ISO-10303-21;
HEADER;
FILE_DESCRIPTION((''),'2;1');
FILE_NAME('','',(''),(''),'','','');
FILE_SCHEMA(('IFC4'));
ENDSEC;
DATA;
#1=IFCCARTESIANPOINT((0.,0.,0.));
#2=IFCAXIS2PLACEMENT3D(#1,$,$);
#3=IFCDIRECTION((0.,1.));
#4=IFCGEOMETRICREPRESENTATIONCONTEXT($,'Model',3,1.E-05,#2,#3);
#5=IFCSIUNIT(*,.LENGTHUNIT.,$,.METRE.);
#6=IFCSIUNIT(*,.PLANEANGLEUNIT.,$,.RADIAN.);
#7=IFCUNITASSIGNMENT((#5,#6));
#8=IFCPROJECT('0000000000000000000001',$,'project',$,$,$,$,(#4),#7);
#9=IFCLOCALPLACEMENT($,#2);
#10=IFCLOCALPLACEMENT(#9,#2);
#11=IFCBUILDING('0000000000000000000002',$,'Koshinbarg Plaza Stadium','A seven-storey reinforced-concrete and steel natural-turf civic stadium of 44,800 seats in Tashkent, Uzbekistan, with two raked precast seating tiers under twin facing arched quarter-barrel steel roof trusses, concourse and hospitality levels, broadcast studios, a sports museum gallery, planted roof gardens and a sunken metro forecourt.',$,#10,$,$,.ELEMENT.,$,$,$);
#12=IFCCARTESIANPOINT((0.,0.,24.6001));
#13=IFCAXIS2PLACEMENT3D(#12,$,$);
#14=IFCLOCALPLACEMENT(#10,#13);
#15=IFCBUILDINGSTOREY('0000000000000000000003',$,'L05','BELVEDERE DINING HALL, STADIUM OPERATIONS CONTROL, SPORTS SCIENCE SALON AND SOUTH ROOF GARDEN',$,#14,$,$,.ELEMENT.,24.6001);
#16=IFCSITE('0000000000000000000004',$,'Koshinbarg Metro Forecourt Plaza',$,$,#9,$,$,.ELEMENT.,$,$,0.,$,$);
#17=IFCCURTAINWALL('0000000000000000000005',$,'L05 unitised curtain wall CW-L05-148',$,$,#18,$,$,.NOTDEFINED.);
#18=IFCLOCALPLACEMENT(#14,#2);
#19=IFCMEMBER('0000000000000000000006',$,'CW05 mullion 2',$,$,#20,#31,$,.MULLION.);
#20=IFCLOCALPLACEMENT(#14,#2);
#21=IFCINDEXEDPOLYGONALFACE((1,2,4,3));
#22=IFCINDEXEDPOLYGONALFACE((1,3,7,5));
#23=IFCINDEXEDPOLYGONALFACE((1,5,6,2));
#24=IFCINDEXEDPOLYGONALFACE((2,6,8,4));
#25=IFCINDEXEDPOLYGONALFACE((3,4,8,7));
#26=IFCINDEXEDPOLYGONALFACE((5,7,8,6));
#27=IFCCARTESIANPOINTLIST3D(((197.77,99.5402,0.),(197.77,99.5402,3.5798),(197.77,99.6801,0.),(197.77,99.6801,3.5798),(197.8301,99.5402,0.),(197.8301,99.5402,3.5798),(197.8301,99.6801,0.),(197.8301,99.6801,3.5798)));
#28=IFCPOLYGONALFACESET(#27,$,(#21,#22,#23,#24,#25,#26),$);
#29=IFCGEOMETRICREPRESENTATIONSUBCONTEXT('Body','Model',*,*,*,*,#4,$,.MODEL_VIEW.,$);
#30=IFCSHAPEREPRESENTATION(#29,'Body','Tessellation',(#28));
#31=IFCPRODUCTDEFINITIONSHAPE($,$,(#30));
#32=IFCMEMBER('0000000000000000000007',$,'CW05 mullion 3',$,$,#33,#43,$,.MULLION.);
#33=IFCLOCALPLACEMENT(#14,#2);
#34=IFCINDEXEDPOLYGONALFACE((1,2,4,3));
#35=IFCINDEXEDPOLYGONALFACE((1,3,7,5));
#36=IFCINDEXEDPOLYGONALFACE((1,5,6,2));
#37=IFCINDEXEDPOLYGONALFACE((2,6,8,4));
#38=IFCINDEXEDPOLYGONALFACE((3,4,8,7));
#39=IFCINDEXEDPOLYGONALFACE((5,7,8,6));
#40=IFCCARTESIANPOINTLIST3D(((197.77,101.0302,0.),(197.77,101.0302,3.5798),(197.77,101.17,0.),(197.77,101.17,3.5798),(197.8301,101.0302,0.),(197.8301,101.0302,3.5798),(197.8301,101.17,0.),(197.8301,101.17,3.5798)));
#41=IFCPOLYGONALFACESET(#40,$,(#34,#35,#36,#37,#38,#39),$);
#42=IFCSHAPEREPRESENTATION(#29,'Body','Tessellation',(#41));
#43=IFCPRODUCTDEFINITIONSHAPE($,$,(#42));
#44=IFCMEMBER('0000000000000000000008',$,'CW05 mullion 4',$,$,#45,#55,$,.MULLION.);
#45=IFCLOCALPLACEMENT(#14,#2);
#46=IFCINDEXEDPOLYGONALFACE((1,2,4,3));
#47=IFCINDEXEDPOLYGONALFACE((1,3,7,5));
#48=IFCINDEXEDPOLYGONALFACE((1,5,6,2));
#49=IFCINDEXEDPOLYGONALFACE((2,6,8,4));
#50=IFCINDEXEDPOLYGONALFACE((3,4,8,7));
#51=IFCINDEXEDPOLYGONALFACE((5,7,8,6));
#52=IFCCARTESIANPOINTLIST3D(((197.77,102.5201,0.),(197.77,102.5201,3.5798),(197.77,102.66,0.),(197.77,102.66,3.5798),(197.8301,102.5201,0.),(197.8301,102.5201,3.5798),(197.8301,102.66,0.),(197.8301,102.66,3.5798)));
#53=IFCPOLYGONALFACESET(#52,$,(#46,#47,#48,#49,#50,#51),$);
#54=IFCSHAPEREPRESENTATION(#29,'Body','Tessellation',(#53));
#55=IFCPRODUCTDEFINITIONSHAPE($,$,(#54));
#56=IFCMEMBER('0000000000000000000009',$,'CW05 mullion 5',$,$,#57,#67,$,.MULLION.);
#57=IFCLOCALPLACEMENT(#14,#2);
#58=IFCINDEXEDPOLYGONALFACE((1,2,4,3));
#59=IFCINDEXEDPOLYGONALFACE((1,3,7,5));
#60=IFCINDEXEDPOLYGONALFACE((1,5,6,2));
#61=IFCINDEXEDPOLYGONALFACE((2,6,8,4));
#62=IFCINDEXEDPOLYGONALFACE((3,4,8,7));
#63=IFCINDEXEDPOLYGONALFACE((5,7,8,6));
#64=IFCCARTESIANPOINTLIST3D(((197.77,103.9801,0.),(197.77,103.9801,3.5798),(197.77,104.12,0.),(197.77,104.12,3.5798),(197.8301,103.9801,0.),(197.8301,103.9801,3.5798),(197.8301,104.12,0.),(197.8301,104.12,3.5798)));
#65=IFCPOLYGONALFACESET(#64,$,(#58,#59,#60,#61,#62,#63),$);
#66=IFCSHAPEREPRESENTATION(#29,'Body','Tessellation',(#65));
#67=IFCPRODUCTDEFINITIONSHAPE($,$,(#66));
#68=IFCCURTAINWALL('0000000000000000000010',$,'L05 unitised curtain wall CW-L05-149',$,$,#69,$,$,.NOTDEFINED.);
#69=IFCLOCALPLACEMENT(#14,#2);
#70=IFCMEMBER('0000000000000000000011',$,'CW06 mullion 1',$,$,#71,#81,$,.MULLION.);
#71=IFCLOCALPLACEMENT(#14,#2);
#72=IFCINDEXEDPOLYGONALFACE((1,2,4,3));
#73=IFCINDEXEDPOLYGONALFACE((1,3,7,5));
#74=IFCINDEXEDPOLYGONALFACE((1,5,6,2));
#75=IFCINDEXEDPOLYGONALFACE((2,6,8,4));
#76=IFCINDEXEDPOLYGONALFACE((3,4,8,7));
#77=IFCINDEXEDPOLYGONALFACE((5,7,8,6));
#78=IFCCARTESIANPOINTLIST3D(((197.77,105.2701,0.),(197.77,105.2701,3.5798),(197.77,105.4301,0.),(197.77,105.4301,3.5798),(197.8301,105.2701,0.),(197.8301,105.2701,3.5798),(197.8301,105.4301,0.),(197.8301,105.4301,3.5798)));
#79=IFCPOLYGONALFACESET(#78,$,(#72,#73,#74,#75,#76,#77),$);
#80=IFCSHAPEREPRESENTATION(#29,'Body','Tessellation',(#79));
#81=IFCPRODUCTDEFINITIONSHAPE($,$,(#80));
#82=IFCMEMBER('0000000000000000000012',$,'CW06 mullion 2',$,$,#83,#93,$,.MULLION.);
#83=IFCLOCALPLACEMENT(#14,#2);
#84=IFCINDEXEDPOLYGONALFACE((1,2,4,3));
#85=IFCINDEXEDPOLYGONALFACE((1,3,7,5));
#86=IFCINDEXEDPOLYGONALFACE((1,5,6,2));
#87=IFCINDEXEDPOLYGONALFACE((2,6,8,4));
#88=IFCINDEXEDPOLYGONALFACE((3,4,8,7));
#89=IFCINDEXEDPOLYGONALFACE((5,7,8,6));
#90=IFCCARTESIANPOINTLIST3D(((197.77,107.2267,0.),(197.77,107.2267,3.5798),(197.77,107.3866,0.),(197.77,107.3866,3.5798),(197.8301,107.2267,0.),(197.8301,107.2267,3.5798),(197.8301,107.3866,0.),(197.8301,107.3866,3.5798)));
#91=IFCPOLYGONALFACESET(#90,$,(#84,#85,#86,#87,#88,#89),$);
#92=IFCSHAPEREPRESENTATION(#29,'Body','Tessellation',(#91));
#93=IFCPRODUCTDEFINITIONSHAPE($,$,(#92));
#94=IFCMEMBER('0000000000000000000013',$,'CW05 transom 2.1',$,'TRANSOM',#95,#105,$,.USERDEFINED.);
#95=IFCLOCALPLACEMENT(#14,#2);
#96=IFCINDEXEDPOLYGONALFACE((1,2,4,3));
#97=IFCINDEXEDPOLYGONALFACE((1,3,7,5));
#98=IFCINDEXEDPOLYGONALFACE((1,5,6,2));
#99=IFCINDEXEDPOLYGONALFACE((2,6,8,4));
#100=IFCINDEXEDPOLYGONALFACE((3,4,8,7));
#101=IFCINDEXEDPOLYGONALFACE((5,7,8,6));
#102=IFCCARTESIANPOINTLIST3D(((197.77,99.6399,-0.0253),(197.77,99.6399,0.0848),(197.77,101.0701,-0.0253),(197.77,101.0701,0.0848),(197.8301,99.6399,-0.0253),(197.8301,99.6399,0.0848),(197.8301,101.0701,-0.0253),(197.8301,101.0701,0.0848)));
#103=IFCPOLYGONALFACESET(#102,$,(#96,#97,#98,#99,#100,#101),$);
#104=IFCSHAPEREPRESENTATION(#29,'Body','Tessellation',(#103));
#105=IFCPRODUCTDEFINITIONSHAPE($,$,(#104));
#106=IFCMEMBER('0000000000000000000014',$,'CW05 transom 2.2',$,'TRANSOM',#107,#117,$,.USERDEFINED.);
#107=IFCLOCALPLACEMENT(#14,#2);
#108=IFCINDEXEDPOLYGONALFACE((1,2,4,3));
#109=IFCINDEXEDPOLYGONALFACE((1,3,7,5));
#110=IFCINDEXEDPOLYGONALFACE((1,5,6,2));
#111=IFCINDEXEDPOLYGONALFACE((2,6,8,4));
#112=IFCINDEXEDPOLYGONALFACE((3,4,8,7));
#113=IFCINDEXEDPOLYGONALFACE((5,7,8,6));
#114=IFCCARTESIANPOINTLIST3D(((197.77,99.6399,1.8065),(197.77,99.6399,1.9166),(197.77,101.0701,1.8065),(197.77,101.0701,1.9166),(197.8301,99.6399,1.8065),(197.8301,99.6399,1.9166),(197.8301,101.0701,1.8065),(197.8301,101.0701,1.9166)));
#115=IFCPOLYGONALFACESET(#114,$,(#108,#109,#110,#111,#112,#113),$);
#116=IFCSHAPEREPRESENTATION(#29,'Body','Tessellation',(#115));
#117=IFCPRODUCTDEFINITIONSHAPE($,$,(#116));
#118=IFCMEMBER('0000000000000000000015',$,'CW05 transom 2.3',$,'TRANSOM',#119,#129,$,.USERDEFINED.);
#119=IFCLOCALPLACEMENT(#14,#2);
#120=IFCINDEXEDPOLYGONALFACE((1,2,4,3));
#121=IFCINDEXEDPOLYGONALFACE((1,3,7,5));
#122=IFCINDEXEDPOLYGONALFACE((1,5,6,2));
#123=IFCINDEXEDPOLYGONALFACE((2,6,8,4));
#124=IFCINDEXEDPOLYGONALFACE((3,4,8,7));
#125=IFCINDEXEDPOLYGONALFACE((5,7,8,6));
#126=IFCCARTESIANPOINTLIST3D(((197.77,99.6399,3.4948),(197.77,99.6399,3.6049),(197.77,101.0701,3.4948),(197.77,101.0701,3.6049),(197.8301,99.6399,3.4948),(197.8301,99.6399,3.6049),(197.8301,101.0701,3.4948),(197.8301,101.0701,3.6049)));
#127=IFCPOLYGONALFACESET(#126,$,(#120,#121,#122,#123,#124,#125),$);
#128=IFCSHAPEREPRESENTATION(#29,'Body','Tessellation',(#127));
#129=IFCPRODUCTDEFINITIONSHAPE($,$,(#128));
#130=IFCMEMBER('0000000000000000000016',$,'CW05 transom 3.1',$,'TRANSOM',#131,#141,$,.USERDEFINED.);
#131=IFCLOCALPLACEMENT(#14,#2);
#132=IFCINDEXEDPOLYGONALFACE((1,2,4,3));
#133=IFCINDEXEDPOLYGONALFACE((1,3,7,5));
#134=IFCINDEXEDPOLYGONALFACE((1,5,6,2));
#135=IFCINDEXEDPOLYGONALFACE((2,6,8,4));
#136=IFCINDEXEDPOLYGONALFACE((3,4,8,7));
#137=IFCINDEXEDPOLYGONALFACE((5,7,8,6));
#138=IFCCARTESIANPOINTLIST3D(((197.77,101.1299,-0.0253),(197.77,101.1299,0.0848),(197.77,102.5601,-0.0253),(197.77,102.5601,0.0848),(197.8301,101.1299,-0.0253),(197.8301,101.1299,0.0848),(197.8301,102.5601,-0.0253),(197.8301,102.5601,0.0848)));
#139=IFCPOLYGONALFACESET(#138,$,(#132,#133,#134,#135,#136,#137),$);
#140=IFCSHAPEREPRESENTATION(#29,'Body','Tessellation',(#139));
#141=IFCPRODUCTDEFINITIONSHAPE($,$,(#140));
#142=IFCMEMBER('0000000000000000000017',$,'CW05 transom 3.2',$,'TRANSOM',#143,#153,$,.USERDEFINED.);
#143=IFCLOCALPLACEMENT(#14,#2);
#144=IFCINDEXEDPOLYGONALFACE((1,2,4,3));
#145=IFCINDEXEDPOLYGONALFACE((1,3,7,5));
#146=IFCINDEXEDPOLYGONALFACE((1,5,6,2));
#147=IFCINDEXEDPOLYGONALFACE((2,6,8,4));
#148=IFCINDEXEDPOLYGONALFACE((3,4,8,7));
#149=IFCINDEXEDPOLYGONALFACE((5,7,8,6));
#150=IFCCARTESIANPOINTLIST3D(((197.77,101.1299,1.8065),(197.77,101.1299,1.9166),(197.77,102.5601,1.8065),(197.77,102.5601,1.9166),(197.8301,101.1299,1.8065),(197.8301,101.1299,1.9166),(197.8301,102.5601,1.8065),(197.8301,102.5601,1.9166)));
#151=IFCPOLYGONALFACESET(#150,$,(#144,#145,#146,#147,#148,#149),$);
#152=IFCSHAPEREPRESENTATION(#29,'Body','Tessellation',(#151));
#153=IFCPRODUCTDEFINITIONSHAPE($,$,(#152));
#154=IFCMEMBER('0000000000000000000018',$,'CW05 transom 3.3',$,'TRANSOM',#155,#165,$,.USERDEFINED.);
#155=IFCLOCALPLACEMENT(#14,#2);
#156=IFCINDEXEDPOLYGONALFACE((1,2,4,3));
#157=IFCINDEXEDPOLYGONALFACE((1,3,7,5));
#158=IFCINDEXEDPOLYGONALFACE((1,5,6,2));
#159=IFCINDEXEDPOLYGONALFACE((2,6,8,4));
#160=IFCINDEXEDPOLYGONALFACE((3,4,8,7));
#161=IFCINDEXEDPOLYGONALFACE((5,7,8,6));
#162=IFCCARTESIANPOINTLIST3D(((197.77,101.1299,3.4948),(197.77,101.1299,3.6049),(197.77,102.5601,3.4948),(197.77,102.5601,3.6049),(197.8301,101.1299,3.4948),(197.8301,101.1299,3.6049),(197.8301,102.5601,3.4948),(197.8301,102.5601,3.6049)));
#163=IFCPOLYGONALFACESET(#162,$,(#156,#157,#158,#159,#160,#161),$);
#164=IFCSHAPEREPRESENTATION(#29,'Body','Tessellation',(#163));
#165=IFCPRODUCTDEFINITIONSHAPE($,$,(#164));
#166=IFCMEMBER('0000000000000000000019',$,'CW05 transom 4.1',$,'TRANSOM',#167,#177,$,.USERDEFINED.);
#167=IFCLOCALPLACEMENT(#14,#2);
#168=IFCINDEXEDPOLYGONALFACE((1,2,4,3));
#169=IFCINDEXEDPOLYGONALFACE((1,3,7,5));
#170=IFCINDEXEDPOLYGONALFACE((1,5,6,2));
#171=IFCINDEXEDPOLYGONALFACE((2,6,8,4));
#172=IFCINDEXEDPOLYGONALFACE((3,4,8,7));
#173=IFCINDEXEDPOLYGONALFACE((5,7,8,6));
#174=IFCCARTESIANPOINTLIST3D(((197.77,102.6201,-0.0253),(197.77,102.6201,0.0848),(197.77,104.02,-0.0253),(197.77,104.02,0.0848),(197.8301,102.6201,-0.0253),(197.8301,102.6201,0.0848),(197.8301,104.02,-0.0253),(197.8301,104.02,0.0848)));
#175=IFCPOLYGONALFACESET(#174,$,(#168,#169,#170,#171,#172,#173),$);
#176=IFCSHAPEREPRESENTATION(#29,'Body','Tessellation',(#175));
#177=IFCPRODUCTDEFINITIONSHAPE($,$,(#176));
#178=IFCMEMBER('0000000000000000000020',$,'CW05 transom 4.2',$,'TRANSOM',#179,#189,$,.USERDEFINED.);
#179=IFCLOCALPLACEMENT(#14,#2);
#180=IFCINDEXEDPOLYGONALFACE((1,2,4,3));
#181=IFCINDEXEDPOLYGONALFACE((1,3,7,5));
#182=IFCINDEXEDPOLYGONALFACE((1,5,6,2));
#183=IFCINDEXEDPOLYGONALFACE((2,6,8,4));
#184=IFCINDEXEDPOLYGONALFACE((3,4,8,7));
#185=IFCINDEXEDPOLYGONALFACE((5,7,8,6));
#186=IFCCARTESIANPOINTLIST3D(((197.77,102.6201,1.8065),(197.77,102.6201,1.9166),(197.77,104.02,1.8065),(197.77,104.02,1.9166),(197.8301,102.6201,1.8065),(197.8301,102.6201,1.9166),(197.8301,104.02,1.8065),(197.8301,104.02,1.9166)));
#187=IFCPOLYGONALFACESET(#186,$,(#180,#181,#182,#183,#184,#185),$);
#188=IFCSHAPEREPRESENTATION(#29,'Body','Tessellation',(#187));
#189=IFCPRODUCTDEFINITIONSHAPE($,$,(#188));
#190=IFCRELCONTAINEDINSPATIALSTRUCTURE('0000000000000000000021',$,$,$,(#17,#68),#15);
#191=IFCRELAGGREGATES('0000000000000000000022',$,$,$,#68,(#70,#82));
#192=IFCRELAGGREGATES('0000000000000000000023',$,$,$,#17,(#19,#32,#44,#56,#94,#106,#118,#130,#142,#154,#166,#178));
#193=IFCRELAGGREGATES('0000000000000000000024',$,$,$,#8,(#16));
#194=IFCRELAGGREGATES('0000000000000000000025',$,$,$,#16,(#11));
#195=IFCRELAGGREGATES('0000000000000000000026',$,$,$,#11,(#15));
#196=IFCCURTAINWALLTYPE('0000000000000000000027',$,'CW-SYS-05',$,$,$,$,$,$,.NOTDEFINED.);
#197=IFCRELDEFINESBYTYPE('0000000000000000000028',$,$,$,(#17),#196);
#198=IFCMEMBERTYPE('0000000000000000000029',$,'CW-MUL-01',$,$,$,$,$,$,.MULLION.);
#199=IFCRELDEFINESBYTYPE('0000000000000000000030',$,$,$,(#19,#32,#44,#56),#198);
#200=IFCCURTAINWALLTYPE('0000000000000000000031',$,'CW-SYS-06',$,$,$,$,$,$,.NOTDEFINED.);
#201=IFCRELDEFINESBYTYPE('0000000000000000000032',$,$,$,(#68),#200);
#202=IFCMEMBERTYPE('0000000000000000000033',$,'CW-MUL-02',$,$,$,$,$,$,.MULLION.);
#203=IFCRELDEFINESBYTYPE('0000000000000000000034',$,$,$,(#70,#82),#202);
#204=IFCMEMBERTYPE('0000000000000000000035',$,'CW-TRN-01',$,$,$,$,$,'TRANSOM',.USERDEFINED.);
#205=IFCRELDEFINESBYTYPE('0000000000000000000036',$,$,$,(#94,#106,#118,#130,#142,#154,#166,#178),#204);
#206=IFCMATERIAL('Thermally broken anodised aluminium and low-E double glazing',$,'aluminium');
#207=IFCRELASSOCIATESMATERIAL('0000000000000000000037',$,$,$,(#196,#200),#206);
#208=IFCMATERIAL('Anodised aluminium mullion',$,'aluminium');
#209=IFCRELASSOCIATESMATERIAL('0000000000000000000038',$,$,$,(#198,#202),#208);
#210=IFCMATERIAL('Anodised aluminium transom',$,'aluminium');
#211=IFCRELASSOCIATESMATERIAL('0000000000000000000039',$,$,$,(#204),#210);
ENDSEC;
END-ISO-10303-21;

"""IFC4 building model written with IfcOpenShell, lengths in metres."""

from ifc_helpers import new_model, si_unit, direction, frame, origin, origin_2d, place, context, subcontext, project, spatial, rectangle, extrude, material, material_profile, profile_set, type_object, element, aggregate, save


model = new_model("IFC4")

# Units and contexts
model_context = context("Model", 3, precision=1e-05, world=origin(), true_north=direction((0.0, 1.0)))
body_context = subcontext(model_context, "Body", "Model", "MODEL_VIEW")
ifc_project = project(units=[si_unit("LENGTHUNIT", "METRE"), si_unit("PLANEANGLEUNIT", "RADIAN")], contexts=[model_context])

# Site, building, storey
site_placement = place(None, origin())
site = spatial("IfcSite", under=ifc_project, at=site_placement, Name="Koshinbarg Metro Forecourt Plaza", CompositionType="ELEMENT", RefElevation=0.0)
building_placement = place(site_placement, origin())
building = spatial("IfcBuilding", under=site, at=building_placement, Name="Koshinbarg Plaza Stadium", Description="A seven-storey reinforced-concrete and steel natural-turf civic stadium of 44,800 seats in Tashkent, Uzbekistan, with two raked precast seating tiers under twin facing arched quarter-barrel steel roof trusses, concourse and hospitality levels, broadcast studios, a sports museum gallery, planted roof gardens and a sunken metro forecourt.", CompositionType="ELEMENT")
storey_placement = place(building_placement, frame((0.0, 0.0, 24.6001)))
storey = spatial("IfcBuildingStorey", under=building, at=storey_placement, Name="L05", Description="BELVEDERE DINING HALL, STADIUM OPERATIONS CONTROL, SPORTS SCIENCE SALON AND SOUTH ROOF GARDEN", CompositionType="ELEMENT", Elevation=24.6001)

# Curtain walls, members
ifc_material_1 = material(Name="Thermally broken anodised aluminium and low-E double glazing", Category="aluminium")
curtain_wall_type_1 = type_object("IfcCurtainWallType", Name="CW-SYS-05", PredefinedType="NOTDEFINED", material=ifc_material_1)
curtain_wall_1_placement = place(storey_placement, origin())
curtain_wall_1 = element("IfcCurtainWall", 1, at=curtain_wall_1_placement, inside=storey, type_object=curtain_wall_type_1, Name="L05 unitised curtain wall CW-L05-148", PredefinedType="NOTDEFINED")
ifc_material_2 = material(Name="Anodised aluminium mullion", Category="aluminium")
ifc_material_profile_1 = material_profile(ifc_material_2, rectangle(XDim=0.0601, YDim=0.1399, at=origin_2d()), Name="ALU 60x140")
ifc_profile_set_1 = profile_set([ifc_material_profile_1], Name="Anodised aluminium mullion")
member_type_1 = type_object("IfcMemberType", Name="CW-MUL-01", PredefinedType="MULLION", material=ifc_profile_set_1)
member_1_placement = place(storey_placement, frame((197.8, 99.6101, 0.0), z_axis=(0.0, 0.0, 1.0), x_axis=(-1.0, 0.0, 0.0)))
member_1 = element("IfcMember", 2, at=member_1_placement, type_object=member_type_1, Name="CW05 mullion 2", PredefinedType="MULLION", context=body_context, shape_type="SweptSolid", body=[
    extrude(rectangle(XDim=0.0601, YDim=0.1399, at=origin_2d()), origin(), (0.0, 0.0, 1.0), 3.5798),
])
member_2_placement = place(storey_placement, frame((197.8, 101.1001, 0.0), z_axis=(0.0, 0.0, 1.0), x_axis=(-1.0, 0.0, 0.0)))
member_2 = element("IfcMember", 3, at=member_2_placement, type_object=member_type_1, Name="CW05 mullion 3", PredefinedType="MULLION", context=body_context, shape_type="SweptSolid", body=[
    extrude(rectangle(XDim=0.0601, YDim=0.1399, at=origin_2d()), origin(), (0.0, 0.0, 1.0), 3.5798),
])
member_3_placement = place(storey_placement, frame((197.8, 102.5901, 0.0), z_axis=(0.0, 0.0, 1.0), x_axis=(-1.0, 0.0, 0.0)))
member_3 = element("IfcMember", 4, at=member_3_placement, type_object=member_type_1, Name="CW05 mullion 4", PredefinedType="MULLION", context=body_context, shape_type="SweptSolid", body=[
    extrude(rectangle(XDim=0.0601, YDim=0.1399, at=origin_2d()), origin(), (0.0, 0.0, 1.0), 3.5798),
])
member_4_placement = place(storey_placement, frame((197.8, 104.05, 0.0), z_axis=(0.0, 0.0, 1.0), x_axis=(-1.0, 0.0, 0.0)))
member_4 = element("IfcMember", 5, at=member_4_placement, type_object=member_type_1, Name="CW05 mullion 5", PredefinedType="MULLION", context=body_context, shape_type="SweptSolid", body=[
    extrude(rectangle(XDim=0.0601, YDim=0.1399, at=origin_2d()), origin(), (0.0, 0.0, 1.0), 3.5798),
])
curtain_wall_type_2 = type_object("IfcCurtainWallType", Name="CW-SYS-06", PredefinedType="NOTDEFINED", material=ifc_material_1)
curtain_wall_2_placement = place(storey_placement, origin())
curtain_wall_2 = element("IfcCurtainWall", 6, at=curtain_wall_2_placement, inside=storey, type_object=curtain_wall_type_2, Name="L05 unitised curtain wall CW-L05-149", PredefinedType="NOTDEFINED")
ifc_material_profile_2 = material_profile(ifc_material_2, rectangle(XDim=0.0601, YDim=0.1599, at=origin_2d()), Name="ALU 60x160")
ifc_profile_set_2 = profile_set([ifc_material_profile_2], Name="Anodised aluminium mullion")
member_type_2 = type_object("IfcMemberType", Name="CW-MUL-02", PredefinedType="MULLION", material=ifc_profile_set_2)
member_5_placement = place(storey_placement, frame((197.8, 105.3501, 0.0), z_axis=(0.0, 0.0, 1.0), x_axis=(-1.0, 0.0, 0.0)))
member_5 = element("IfcMember", 7, at=member_5_placement, type_object=member_type_2, Name="CW06 mullion 1", PredefinedType="MULLION", context=body_context, shape_type="SweptSolid", body=[
    extrude(rectangle(XDim=0.0601, YDim=0.1599, at=origin_2d()), origin(), (0.0, 0.0, 1.0), 3.5798),
])
member_6_placement = place(storey_placement, frame((197.8, 107.3066, 0.0), z_axis=(0.0, 0.0, 1.0), x_axis=(-1.0, 0.0, 0.0)))
member_6 = element("IfcMember", 8, at=member_6_placement, type_object=member_type_2, Name="CW06 mullion 2", PredefinedType="MULLION", context=body_context, shape_type="SweptSolid", body=[
    extrude(rectangle(XDim=0.0601, YDim=0.1599, at=origin_2d()), origin(), (0.0, 0.0, 1.0), 3.5798),
])
aggregate(curtain_wall_2, [member_5, member_6])

# Members
ifc_material_3 = material(Name="Anodised aluminium transom", Category="aluminium")
ifc_material_profile_3 = material_profile(ifc_material_3, rectangle(XDim=0.0601, YDim=0.1101, at=origin_2d()), Name="ALU 60x110")
ifc_profile_set_3 = profile_set([ifc_material_profile_3], Name="Anodised aluminium transom")
member_type_3 = type_object("IfcMemberType", Name="CW-TRN-01", ElementType="TRANSOM", PredefinedType="USERDEFINED", material=ifc_profile_set_3)
member_7_placement = place(storey_placement, frame((197.8, 99.6399, 0.0298), z_axis=(0.0, 1.0, 0.0), x_axis=(-1.0, 0.0, 0.0)))
member_7 = element("IfcMember", 9, at=member_7_placement, type_object=member_type_3, Name="CW05 transom 2.1", ObjectType="TRANSOM", PredefinedType="USERDEFINED", context=body_context, shape_type="SweptSolid", body=[
    extrude(rectangle(XDim=0.0601, YDim=0.1101, at=origin_2d()), origin(), (0.0, 0.0, 1.0), 1.4302),
])
member_8_placement = place(storey_placement, frame((197.8, 99.6399, 1.8616), z_axis=(0.0, 1.0, 0.0), x_axis=(-1.0, 0.0, 0.0)))
member_8 = element("IfcMember", 10, at=member_8_placement, type_object=member_type_3, Name="CW05 transom 2.2", ObjectType="TRANSOM", PredefinedType="USERDEFINED", context=body_context, shape_type="SweptSolid", body=[
    extrude(rectangle(XDim=0.0601, YDim=0.1101, at=origin_2d()), origin(), (0.0, 0.0, 1.0), 1.4302),
])
member_9_placement = place(storey_placement, frame((197.8, 99.6399, 3.5498), z_axis=(0.0, 1.0, 0.0), x_axis=(-1.0, 0.0, 0.0)))
member_9 = element("IfcMember", 11, at=member_9_placement, type_object=member_type_3, Name="CW05 transom 2.3", ObjectType="TRANSOM", PredefinedType="USERDEFINED", context=body_context, shape_type="SweptSolid", body=[
    extrude(rectangle(XDim=0.0601, YDim=0.1101, at=origin_2d()), origin(), (0.0, 0.0, 1.0), 1.4302),
])
member_10_placement = place(storey_placement, frame((197.8, 101.1299, 0.0298), z_axis=(0.0, 1.0, 0.0), x_axis=(-1.0, 0.0, 0.0)))
member_10 = element("IfcMember", 12, at=member_10_placement, type_object=member_type_3, Name="CW05 transom 3.1", ObjectType="TRANSOM", PredefinedType="USERDEFINED", context=body_context, shape_type="SweptSolid", body=[
    extrude(rectangle(XDim=0.0601, YDim=0.1101, at=origin_2d()), origin(), (0.0, 0.0, 1.0), 1.4302),
])
member_11_placement = place(storey_placement, frame((197.8, 101.1299, 1.8616), z_axis=(0.0, 1.0, 0.0), x_axis=(-1.0, 0.0, 0.0)))
member_11 = element("IfcMember", 13, at=member_11_placement, type_object=member_type_3, Name="CW05 transom 3.2", ObjectType="TRANSOM", PredefinedType="USERDEFINED", context=body_context, shape_type="SweptSolid", body=[
    extrude(rectangle(XDim=0.0601, YDim=0.1101, at=origin_2d()), origin(), (0.0, 0.0, 1.0), 1.4302),
])
member_12_placement = place(storey_placement, frame((197.8, 101.1299, 3.5498), z_axis=(0.0, 1.0, 0.0), x_axis=(-1.0, 0.0, 0.0)))
member_12 = element("IfcMember", 14, at=member_12_placement, type_object=member_type_3, Name="CW05 transom 3.3", ObjectType="TRANSOM", PredefinedType="USERDEFINED", context=body_context, shape_type="SweptSolid", body=[
    extrude(rectangle(XDim=0.0601, YDim=0.1101, at=origin_2d()), origin(), (0.0, 0.0, 1.0), 1.4302),
])
member_13_placement = place(storey_placement, frame((197.8, 102.6201, 0.0298), z_axis=(0.0, 1.0, 0.0), x_axis=(-1.0, 0.0, 0.0)))
member_13 = element("IfcMember", 15, at=member_13_placement, type_object=member_type_3, Name="CW05 transom 4.1", ObjectType="TRANSOM", PredefinedType="USERDEFINED", context=body_context, shape_type="SweptSolid", body=[
    extrude(rectangle(XDim=0.0601, YDim=0.1101, at=origin_2d()), origin(), (0.0, 0.0, 1.0), 1.3999),
])
member_14_placement = place(storey_placement, frame((197.8, 102.6201, 1.8616), z_axis=(0.0, 1.0, 0.0), x_axis=(-1.0, 0.0, 0.0)))
member_14 = element("IfcMember", 16, at=member_14_placement, type_object=member_type_3, Name="CW05 transom 4.2", ObjectType="TRANSOM", PredefinedType="USERDEFINED", context=body_context, shape_type="SweptSolid", body=[
    extrude(rectangle(XDim=0.0601, YDim=0.1101, at=origin_2d()), origin(), (0.0, 0.0, 1.0), 1.3999),
])

aggregate(curtain_wall_1, [member_1, member_2, member_3, member_4, member_7, member_8, member_9, member_10, member_11, member_12, member_13, member_14])

save(model, "model.ifc")
